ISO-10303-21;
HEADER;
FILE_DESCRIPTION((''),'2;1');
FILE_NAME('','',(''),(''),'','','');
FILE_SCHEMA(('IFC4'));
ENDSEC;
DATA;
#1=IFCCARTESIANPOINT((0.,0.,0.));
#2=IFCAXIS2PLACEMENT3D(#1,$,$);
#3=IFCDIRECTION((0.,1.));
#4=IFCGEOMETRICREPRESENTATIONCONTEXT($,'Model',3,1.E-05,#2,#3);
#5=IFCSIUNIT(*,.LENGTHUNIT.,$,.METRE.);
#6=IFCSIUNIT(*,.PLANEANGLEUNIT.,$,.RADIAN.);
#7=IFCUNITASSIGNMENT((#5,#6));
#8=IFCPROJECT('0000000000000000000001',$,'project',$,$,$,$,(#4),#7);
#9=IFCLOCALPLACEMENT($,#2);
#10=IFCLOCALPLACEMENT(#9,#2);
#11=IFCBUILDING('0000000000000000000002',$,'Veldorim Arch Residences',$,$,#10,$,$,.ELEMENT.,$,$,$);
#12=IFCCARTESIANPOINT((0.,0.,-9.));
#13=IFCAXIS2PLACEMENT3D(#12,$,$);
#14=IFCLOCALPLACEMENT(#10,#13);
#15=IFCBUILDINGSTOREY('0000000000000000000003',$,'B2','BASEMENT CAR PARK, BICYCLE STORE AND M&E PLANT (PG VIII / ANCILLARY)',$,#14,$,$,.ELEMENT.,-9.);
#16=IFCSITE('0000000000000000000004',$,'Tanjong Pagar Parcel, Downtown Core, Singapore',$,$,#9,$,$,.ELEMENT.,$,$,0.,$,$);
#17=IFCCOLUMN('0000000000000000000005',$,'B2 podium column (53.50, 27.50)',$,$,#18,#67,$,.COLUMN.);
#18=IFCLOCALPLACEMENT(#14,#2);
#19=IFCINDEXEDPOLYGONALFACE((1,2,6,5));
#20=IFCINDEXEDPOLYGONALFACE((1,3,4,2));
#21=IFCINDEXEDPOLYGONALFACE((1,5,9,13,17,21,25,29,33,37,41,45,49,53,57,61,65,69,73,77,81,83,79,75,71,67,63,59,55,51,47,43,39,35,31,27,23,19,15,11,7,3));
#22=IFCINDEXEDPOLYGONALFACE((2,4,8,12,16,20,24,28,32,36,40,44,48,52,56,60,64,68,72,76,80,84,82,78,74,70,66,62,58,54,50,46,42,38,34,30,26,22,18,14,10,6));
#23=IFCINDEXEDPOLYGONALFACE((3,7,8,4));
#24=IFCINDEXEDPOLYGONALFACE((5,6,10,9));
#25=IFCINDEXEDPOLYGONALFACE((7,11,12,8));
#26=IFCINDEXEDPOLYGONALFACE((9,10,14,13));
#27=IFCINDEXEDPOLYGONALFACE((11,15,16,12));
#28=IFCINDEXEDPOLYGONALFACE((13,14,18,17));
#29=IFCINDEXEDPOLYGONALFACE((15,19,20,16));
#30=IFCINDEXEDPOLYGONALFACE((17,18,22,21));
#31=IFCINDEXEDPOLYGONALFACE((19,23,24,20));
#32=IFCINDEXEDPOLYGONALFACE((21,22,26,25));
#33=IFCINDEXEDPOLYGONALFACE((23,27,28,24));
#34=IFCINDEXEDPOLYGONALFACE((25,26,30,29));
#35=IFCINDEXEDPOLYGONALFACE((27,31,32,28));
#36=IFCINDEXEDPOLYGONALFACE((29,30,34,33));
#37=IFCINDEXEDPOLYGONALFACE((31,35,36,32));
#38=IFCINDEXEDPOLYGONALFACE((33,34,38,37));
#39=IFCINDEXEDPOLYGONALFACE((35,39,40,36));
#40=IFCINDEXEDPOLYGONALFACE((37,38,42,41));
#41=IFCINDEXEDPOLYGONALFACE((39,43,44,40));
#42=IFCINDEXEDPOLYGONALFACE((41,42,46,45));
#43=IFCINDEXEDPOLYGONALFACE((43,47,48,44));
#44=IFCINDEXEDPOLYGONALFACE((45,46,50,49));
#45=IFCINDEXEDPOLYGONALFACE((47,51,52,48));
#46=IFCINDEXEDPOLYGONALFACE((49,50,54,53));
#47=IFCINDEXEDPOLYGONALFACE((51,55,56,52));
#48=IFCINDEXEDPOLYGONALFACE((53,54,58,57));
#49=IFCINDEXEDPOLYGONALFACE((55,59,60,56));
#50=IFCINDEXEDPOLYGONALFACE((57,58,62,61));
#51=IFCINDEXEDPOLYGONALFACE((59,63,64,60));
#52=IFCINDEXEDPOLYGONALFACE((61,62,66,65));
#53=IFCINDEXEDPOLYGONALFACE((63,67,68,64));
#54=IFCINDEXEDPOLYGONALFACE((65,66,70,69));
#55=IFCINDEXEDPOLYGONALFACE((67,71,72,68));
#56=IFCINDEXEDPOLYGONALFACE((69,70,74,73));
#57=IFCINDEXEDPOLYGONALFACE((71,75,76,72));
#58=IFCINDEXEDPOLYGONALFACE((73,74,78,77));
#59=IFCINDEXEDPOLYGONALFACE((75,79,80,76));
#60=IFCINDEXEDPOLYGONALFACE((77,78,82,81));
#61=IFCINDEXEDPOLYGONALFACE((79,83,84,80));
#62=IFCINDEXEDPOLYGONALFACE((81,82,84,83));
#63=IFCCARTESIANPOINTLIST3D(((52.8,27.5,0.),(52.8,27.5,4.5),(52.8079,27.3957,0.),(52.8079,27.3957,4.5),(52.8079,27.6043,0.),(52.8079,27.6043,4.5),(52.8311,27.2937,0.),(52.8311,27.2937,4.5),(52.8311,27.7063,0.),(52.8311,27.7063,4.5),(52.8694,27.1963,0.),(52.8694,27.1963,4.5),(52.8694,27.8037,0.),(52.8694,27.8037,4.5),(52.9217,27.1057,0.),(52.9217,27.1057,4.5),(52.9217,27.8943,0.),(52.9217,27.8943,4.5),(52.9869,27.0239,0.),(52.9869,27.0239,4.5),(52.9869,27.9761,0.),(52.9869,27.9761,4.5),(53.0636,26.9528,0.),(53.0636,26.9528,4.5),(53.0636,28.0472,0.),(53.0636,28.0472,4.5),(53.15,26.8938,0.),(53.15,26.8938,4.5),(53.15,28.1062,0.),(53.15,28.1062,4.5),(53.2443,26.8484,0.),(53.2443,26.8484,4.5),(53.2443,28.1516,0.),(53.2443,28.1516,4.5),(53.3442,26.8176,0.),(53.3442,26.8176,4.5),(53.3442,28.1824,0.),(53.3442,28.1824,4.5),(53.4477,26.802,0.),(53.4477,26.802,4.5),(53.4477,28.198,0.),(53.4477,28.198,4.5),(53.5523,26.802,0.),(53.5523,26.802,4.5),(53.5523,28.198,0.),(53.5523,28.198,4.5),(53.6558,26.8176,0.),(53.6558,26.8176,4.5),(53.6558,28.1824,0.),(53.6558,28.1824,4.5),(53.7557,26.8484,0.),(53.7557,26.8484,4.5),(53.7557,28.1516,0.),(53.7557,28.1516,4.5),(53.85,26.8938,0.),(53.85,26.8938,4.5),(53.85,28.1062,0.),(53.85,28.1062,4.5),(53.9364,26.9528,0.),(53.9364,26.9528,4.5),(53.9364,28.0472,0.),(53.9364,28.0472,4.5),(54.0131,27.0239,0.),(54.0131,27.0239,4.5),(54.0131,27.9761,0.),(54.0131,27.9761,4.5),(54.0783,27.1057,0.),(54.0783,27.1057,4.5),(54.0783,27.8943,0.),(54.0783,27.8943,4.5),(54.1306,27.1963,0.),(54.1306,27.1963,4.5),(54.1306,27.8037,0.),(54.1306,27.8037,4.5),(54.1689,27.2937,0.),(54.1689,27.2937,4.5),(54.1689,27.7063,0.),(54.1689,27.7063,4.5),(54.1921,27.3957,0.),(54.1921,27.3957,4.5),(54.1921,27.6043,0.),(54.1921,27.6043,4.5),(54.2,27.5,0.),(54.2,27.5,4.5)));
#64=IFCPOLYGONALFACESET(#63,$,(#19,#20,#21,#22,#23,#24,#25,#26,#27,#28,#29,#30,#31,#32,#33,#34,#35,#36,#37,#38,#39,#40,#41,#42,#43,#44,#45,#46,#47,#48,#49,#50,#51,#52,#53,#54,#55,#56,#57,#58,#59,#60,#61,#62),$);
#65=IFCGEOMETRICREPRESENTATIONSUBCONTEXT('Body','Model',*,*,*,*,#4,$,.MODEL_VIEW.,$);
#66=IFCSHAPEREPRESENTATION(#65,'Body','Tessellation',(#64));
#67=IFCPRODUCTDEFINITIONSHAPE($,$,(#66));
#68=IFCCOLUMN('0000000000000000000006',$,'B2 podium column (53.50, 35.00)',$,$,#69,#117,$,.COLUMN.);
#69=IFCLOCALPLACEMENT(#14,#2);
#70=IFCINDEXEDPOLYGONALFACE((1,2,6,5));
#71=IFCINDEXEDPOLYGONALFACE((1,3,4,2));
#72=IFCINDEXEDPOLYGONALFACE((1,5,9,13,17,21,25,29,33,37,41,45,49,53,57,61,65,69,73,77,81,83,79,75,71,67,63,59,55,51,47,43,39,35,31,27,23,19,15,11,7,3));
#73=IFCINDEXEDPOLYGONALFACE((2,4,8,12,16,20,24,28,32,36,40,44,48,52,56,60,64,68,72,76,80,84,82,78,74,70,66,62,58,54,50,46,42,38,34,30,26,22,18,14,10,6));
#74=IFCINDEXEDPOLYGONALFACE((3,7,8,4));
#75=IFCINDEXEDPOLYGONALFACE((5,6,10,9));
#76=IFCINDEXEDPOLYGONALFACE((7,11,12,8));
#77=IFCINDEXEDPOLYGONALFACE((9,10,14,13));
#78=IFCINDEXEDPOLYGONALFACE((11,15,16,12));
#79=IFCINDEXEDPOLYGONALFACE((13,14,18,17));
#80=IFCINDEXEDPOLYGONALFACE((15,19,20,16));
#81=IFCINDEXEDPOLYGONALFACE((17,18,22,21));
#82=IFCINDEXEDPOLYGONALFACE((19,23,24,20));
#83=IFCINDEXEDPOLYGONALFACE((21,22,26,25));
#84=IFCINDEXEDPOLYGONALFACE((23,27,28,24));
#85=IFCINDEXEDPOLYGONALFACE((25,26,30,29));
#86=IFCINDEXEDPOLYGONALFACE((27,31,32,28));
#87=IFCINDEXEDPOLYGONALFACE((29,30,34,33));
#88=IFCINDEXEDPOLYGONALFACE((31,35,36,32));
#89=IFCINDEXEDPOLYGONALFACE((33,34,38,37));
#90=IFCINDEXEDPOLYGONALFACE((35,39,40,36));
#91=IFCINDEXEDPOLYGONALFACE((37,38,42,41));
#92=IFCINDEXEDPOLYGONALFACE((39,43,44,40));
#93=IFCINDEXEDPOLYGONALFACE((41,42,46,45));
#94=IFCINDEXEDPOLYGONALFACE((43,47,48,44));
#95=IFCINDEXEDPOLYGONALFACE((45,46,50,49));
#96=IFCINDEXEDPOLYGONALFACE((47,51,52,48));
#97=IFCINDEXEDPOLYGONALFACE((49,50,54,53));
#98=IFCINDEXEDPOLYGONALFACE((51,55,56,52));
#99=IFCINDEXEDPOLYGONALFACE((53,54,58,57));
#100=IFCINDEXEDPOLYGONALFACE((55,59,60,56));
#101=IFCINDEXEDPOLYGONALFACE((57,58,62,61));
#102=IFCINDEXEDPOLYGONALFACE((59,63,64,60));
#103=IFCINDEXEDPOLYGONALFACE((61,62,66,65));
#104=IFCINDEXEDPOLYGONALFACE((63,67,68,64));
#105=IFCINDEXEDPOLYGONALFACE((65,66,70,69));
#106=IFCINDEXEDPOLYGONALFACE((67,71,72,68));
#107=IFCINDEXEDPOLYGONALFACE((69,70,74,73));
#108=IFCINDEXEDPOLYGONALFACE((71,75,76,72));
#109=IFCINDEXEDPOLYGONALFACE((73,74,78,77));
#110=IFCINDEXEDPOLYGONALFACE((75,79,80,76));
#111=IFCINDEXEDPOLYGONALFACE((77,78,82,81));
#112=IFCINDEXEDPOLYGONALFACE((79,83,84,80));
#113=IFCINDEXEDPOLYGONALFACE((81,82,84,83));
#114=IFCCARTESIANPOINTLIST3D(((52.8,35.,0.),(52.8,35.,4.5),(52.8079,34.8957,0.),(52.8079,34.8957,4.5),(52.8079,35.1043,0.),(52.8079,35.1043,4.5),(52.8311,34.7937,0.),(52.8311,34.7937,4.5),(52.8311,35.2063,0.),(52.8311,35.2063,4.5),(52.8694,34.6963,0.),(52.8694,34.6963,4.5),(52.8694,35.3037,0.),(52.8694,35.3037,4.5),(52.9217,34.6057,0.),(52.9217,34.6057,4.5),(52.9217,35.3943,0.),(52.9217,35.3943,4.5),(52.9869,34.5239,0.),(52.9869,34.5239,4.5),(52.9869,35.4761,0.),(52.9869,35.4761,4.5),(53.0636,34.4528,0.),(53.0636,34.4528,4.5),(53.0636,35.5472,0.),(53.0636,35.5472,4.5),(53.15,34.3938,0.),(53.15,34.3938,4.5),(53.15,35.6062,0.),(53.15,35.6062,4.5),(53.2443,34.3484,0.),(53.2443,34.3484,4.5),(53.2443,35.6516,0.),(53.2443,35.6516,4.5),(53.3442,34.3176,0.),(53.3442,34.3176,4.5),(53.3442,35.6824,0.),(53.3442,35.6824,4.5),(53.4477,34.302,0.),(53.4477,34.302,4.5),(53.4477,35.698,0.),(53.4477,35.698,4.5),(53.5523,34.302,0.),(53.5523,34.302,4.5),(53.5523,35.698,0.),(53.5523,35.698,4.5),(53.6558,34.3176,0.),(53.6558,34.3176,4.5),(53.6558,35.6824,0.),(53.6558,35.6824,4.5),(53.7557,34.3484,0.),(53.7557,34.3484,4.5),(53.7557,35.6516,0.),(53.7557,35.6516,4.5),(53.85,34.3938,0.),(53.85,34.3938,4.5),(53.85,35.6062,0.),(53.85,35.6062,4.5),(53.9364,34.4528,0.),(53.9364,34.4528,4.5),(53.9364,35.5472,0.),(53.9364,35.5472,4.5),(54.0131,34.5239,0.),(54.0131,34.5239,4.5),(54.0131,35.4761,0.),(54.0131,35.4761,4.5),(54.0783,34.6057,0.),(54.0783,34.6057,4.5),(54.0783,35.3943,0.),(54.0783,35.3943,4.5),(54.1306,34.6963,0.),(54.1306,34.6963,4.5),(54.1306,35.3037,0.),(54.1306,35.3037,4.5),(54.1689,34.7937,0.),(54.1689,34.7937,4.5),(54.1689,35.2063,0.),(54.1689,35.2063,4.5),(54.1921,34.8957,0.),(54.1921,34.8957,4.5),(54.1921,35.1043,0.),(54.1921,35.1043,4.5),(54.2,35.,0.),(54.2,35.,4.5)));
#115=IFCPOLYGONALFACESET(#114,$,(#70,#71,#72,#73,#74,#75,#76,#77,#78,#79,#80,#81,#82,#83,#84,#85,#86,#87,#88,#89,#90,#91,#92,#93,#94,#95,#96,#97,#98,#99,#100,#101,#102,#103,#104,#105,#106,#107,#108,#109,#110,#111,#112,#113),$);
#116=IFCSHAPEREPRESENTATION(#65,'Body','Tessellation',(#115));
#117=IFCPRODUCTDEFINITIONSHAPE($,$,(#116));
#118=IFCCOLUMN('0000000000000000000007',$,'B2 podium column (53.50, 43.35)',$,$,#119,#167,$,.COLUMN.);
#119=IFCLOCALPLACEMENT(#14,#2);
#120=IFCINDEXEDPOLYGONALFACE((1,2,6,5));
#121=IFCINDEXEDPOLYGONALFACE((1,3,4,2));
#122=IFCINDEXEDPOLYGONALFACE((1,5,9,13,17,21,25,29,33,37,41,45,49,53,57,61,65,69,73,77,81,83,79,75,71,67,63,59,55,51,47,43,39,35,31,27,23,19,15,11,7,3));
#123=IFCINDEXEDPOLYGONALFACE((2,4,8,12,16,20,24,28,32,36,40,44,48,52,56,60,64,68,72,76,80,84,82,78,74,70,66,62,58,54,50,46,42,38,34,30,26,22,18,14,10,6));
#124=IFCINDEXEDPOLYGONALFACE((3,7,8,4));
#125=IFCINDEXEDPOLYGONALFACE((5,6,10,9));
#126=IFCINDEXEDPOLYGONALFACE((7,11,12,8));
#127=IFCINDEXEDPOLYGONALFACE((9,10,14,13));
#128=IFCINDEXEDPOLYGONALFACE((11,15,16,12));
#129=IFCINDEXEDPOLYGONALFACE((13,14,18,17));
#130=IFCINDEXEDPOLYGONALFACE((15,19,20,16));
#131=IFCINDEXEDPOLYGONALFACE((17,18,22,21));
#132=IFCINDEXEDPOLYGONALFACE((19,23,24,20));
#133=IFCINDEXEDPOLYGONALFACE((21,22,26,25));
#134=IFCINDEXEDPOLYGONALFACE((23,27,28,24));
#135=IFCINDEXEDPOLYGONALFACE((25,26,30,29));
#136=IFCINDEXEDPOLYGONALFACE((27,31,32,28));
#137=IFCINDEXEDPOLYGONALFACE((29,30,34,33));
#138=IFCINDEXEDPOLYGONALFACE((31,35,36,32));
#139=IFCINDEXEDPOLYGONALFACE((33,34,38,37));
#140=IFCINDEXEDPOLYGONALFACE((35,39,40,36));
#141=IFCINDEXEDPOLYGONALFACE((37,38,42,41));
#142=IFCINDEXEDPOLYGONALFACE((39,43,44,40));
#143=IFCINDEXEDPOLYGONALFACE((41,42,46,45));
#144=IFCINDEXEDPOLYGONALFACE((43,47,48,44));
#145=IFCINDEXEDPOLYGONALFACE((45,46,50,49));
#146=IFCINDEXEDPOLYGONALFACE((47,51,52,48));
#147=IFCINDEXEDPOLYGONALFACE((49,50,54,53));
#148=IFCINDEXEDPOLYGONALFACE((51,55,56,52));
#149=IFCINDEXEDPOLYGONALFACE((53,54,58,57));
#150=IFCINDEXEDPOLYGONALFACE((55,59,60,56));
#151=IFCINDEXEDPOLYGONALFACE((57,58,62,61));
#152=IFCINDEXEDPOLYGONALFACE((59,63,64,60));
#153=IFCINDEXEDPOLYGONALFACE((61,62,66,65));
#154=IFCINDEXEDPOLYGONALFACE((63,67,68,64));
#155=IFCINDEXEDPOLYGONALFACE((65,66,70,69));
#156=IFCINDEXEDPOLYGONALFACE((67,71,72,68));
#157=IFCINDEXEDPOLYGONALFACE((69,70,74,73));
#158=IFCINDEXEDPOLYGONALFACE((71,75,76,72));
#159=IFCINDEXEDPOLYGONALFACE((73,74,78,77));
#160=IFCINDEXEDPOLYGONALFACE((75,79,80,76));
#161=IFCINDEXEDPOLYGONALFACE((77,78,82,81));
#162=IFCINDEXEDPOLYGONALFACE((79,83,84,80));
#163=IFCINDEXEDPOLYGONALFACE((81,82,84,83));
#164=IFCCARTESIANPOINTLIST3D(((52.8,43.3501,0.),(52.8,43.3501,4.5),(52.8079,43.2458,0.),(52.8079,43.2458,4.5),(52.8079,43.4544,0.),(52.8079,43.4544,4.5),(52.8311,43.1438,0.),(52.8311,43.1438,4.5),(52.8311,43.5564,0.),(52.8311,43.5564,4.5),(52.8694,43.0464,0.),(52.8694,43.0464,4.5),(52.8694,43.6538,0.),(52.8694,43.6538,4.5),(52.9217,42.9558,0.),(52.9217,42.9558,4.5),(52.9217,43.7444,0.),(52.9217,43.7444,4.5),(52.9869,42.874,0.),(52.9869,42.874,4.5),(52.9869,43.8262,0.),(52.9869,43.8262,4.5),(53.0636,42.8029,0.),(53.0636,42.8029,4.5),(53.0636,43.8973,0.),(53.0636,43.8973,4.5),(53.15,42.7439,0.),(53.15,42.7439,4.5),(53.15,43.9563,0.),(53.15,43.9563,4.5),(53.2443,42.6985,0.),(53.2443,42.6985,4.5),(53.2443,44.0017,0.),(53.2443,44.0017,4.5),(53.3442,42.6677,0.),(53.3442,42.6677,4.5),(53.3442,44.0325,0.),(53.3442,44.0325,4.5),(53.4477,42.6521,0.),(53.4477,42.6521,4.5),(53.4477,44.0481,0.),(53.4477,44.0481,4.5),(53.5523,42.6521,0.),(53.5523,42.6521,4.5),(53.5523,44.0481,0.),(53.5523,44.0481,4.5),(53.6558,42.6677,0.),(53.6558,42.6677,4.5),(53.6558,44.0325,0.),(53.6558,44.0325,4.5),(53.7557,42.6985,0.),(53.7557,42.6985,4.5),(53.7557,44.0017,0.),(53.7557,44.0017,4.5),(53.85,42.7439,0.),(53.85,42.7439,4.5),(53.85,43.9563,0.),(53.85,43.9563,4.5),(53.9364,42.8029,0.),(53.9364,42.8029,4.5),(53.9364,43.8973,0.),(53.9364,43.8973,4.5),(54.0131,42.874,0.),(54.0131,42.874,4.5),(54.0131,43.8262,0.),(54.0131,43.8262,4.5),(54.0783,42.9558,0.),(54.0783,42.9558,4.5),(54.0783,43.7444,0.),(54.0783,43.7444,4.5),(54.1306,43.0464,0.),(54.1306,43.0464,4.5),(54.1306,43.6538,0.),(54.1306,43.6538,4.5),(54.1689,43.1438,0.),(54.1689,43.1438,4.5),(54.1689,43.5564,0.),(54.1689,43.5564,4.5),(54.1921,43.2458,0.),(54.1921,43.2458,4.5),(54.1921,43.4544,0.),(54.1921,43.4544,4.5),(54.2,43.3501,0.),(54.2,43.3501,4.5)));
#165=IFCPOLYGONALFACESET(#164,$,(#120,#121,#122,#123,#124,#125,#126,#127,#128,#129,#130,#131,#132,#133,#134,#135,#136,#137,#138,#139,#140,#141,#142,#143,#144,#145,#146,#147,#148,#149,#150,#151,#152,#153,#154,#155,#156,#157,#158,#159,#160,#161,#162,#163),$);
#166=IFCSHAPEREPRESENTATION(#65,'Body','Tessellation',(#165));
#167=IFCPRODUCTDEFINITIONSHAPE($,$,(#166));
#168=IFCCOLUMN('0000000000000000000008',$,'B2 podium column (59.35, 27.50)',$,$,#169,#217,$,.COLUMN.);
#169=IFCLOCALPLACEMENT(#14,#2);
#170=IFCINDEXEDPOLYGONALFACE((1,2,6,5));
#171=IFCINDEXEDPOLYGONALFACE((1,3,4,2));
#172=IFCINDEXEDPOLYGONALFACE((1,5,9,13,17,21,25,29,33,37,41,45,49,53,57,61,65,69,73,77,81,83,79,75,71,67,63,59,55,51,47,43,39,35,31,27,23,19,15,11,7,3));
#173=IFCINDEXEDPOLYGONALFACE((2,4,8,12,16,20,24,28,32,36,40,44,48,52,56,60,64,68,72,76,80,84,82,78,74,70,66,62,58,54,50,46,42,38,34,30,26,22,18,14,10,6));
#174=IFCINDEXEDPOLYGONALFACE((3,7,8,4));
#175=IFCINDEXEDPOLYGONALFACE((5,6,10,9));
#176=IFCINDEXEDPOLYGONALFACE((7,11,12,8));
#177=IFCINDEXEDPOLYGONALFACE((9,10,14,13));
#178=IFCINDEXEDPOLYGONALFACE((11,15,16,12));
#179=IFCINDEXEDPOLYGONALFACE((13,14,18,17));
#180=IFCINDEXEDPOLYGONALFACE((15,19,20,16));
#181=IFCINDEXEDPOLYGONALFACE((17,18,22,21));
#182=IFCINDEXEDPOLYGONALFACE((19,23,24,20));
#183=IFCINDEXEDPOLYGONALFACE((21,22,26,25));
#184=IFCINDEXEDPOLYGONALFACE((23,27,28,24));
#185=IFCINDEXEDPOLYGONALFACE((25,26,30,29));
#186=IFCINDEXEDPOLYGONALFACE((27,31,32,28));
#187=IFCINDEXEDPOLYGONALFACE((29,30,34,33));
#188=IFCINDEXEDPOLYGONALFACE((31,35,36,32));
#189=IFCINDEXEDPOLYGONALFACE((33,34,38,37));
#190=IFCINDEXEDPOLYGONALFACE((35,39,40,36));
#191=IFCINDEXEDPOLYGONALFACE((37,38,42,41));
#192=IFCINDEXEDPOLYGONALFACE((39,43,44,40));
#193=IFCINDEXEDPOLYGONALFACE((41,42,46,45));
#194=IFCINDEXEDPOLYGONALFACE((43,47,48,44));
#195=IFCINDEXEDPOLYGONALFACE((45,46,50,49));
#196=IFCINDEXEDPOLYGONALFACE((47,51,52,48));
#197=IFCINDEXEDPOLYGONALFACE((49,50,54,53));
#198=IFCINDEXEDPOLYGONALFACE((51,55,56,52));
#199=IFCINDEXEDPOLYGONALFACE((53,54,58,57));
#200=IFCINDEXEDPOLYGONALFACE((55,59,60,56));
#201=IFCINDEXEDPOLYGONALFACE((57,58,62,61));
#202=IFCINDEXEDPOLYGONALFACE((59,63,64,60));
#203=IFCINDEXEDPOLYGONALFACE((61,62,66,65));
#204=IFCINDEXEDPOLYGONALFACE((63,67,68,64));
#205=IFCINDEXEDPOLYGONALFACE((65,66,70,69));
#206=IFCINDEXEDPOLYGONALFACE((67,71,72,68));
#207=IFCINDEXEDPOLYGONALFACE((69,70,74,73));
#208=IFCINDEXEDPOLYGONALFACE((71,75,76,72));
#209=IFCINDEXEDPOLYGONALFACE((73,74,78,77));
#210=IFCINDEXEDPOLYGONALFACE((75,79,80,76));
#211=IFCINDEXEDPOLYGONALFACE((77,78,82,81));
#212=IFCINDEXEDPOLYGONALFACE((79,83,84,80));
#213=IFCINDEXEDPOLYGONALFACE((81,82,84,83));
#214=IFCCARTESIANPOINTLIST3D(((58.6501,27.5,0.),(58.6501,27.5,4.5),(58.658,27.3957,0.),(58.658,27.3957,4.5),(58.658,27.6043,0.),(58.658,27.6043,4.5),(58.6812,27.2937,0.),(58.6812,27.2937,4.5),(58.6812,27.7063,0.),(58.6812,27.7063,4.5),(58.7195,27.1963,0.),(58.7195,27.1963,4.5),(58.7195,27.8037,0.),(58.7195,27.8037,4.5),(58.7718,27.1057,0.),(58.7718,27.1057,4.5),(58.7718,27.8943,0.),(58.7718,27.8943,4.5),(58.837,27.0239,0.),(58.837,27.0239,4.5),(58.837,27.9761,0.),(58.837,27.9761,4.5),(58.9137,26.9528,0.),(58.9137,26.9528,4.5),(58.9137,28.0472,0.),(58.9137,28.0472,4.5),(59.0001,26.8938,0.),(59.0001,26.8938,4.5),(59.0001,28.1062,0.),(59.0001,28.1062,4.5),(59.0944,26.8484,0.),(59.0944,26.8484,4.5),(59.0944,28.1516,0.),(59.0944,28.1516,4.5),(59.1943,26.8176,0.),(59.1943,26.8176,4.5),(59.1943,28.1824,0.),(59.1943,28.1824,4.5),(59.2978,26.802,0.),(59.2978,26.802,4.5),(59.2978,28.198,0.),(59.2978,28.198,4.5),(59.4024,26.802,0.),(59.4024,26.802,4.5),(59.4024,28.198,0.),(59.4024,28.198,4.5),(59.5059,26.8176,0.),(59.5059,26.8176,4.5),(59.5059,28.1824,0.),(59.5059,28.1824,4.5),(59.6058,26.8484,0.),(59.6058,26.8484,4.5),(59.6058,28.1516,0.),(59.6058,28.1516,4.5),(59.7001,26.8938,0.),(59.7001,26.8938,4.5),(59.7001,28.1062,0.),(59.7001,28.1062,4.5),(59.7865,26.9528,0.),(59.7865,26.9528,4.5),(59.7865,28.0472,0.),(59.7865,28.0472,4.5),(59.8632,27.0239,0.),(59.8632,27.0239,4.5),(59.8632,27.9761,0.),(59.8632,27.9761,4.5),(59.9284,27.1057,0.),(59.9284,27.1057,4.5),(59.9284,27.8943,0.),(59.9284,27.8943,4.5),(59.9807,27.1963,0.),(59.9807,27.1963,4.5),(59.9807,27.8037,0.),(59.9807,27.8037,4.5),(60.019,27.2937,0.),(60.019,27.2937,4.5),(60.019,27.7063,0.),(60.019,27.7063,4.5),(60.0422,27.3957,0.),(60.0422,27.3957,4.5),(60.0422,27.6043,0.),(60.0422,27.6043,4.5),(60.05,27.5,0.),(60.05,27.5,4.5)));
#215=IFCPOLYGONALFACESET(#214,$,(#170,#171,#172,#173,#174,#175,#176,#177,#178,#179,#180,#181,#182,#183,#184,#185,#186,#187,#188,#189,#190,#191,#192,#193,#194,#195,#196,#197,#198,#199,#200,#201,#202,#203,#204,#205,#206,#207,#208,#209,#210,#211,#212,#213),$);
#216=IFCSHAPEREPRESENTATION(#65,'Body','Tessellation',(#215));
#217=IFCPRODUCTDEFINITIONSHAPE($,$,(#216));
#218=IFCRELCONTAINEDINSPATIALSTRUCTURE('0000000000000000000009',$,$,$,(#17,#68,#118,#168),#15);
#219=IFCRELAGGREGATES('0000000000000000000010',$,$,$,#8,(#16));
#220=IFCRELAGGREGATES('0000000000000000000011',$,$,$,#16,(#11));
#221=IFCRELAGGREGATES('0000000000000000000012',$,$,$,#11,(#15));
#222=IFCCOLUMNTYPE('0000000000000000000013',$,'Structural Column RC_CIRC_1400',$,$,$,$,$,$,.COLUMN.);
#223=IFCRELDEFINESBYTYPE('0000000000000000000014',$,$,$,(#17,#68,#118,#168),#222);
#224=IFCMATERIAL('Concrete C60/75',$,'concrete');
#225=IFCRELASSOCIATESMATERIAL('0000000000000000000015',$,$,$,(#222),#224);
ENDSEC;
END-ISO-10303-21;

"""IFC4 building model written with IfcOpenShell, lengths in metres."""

from ifc_helpers import new_model, si_unit, direction, frame, origin, origin_2d, place, context, subcontext, project, spatial, circle, extrude, material, material_profile, profile_set, type_object, element, save


model = new_model("IFC4")

# Units and contexts
model_context = context("Model", 3, precision=1e-05, world=origin(), true_north=direction((0.0, 1.0)))
body_context = subcontext(model_context, "Body", "Model", "MODEL_VIEW")
ifc_project = project(units=[si_unit("LENGTHUNIT", "METRE"), si_unit("PLANEANGLEUNIT", "RADIAN")], contexts=[model_context])

# Site, building, storey
site_placement = place(None, origin())
site = spatial("IfcSite", under=ifc_project, at=site_placement, Name="Tanjong Pagar Parcel, Downtown Core, Singapore", CompositionType="ELEMENT", RefElevation=0.0)
building_placement = place(site_placement, origin())
building = spatial("IfcBuilding", under=site, at=building_placement, Name="Veldorim Arch Residences", CompositionType="ELEMENT")
storey_placement = place(building_placement, frame((0.0, 0.0, -9.0)))
storey = spatial("IfcBuildingStorey", under=building, at=storey_placement, Name="B2", Description="BASEMENT CAR PARK, BICYCLE STORE AND M&E PLANT (PG VIII / ANCILLARY)", CompositionType="ELEMENT", Elevation=-9.0)

# Columns
ifc_material_1 = material(Name="Concrete C60/75", Category="concrete")
ifc_material_profile_1 = material_profile(ifc_material_1, circle(Radius=0.7, at=origin_2d()), Name="RC_CIRC_1400")
ifc_profile_set_1 = profile_set([ifc_material_profile_1], Name="Concrete C60/75")
column_type_1 = type_object("IfcColumnType", Name="Structural Column RC_CIRC_1400", PredefinedType="COLUMN", material=ifc_profile_set_1)
for number, where, z_axis, x_axis, name in (
    (1, (53.5, 27.5, 0.0), (0.0, 0.0, 1.0), (1.0, 0.0, 0.0), "B2 podium column (53.50, 27.50)"),
    (2, (53.5, 35.0, 0.0), (0.0, 0.0, 1.0), (1.0, 0.0, 0.0), "B2 podium column (53.50, 35.00)"),
    (3, (53.5, 43.3501, 0.0), (0.0, 0.0, 1.0), (1.0, 0.0, 0.0), "B2 podium column (53.50, 43.35)"),
    (4, (59.3501, 27.5, 0.0), (0.0, 0.0, 1.0), (1.0, 0.0, 0.0), "B2 podium column (59.35, 27.50)"),
):
    element("IfcColumn", number, at=place(storey_placement, frame(where, z_axis=z_axis, x_axis=x_axis)), inside=storey, type_object=column_type_1, Name=name, PredefinedType="COLUMN", context=body_context, shape_type="SweptSolid", body=[
        extrude(circle(Radius=0.7, at=origin_2d()), origin(), (0.0, 0.0, 1.0), 4.5),
    ])

save(model, "model.ifc")
